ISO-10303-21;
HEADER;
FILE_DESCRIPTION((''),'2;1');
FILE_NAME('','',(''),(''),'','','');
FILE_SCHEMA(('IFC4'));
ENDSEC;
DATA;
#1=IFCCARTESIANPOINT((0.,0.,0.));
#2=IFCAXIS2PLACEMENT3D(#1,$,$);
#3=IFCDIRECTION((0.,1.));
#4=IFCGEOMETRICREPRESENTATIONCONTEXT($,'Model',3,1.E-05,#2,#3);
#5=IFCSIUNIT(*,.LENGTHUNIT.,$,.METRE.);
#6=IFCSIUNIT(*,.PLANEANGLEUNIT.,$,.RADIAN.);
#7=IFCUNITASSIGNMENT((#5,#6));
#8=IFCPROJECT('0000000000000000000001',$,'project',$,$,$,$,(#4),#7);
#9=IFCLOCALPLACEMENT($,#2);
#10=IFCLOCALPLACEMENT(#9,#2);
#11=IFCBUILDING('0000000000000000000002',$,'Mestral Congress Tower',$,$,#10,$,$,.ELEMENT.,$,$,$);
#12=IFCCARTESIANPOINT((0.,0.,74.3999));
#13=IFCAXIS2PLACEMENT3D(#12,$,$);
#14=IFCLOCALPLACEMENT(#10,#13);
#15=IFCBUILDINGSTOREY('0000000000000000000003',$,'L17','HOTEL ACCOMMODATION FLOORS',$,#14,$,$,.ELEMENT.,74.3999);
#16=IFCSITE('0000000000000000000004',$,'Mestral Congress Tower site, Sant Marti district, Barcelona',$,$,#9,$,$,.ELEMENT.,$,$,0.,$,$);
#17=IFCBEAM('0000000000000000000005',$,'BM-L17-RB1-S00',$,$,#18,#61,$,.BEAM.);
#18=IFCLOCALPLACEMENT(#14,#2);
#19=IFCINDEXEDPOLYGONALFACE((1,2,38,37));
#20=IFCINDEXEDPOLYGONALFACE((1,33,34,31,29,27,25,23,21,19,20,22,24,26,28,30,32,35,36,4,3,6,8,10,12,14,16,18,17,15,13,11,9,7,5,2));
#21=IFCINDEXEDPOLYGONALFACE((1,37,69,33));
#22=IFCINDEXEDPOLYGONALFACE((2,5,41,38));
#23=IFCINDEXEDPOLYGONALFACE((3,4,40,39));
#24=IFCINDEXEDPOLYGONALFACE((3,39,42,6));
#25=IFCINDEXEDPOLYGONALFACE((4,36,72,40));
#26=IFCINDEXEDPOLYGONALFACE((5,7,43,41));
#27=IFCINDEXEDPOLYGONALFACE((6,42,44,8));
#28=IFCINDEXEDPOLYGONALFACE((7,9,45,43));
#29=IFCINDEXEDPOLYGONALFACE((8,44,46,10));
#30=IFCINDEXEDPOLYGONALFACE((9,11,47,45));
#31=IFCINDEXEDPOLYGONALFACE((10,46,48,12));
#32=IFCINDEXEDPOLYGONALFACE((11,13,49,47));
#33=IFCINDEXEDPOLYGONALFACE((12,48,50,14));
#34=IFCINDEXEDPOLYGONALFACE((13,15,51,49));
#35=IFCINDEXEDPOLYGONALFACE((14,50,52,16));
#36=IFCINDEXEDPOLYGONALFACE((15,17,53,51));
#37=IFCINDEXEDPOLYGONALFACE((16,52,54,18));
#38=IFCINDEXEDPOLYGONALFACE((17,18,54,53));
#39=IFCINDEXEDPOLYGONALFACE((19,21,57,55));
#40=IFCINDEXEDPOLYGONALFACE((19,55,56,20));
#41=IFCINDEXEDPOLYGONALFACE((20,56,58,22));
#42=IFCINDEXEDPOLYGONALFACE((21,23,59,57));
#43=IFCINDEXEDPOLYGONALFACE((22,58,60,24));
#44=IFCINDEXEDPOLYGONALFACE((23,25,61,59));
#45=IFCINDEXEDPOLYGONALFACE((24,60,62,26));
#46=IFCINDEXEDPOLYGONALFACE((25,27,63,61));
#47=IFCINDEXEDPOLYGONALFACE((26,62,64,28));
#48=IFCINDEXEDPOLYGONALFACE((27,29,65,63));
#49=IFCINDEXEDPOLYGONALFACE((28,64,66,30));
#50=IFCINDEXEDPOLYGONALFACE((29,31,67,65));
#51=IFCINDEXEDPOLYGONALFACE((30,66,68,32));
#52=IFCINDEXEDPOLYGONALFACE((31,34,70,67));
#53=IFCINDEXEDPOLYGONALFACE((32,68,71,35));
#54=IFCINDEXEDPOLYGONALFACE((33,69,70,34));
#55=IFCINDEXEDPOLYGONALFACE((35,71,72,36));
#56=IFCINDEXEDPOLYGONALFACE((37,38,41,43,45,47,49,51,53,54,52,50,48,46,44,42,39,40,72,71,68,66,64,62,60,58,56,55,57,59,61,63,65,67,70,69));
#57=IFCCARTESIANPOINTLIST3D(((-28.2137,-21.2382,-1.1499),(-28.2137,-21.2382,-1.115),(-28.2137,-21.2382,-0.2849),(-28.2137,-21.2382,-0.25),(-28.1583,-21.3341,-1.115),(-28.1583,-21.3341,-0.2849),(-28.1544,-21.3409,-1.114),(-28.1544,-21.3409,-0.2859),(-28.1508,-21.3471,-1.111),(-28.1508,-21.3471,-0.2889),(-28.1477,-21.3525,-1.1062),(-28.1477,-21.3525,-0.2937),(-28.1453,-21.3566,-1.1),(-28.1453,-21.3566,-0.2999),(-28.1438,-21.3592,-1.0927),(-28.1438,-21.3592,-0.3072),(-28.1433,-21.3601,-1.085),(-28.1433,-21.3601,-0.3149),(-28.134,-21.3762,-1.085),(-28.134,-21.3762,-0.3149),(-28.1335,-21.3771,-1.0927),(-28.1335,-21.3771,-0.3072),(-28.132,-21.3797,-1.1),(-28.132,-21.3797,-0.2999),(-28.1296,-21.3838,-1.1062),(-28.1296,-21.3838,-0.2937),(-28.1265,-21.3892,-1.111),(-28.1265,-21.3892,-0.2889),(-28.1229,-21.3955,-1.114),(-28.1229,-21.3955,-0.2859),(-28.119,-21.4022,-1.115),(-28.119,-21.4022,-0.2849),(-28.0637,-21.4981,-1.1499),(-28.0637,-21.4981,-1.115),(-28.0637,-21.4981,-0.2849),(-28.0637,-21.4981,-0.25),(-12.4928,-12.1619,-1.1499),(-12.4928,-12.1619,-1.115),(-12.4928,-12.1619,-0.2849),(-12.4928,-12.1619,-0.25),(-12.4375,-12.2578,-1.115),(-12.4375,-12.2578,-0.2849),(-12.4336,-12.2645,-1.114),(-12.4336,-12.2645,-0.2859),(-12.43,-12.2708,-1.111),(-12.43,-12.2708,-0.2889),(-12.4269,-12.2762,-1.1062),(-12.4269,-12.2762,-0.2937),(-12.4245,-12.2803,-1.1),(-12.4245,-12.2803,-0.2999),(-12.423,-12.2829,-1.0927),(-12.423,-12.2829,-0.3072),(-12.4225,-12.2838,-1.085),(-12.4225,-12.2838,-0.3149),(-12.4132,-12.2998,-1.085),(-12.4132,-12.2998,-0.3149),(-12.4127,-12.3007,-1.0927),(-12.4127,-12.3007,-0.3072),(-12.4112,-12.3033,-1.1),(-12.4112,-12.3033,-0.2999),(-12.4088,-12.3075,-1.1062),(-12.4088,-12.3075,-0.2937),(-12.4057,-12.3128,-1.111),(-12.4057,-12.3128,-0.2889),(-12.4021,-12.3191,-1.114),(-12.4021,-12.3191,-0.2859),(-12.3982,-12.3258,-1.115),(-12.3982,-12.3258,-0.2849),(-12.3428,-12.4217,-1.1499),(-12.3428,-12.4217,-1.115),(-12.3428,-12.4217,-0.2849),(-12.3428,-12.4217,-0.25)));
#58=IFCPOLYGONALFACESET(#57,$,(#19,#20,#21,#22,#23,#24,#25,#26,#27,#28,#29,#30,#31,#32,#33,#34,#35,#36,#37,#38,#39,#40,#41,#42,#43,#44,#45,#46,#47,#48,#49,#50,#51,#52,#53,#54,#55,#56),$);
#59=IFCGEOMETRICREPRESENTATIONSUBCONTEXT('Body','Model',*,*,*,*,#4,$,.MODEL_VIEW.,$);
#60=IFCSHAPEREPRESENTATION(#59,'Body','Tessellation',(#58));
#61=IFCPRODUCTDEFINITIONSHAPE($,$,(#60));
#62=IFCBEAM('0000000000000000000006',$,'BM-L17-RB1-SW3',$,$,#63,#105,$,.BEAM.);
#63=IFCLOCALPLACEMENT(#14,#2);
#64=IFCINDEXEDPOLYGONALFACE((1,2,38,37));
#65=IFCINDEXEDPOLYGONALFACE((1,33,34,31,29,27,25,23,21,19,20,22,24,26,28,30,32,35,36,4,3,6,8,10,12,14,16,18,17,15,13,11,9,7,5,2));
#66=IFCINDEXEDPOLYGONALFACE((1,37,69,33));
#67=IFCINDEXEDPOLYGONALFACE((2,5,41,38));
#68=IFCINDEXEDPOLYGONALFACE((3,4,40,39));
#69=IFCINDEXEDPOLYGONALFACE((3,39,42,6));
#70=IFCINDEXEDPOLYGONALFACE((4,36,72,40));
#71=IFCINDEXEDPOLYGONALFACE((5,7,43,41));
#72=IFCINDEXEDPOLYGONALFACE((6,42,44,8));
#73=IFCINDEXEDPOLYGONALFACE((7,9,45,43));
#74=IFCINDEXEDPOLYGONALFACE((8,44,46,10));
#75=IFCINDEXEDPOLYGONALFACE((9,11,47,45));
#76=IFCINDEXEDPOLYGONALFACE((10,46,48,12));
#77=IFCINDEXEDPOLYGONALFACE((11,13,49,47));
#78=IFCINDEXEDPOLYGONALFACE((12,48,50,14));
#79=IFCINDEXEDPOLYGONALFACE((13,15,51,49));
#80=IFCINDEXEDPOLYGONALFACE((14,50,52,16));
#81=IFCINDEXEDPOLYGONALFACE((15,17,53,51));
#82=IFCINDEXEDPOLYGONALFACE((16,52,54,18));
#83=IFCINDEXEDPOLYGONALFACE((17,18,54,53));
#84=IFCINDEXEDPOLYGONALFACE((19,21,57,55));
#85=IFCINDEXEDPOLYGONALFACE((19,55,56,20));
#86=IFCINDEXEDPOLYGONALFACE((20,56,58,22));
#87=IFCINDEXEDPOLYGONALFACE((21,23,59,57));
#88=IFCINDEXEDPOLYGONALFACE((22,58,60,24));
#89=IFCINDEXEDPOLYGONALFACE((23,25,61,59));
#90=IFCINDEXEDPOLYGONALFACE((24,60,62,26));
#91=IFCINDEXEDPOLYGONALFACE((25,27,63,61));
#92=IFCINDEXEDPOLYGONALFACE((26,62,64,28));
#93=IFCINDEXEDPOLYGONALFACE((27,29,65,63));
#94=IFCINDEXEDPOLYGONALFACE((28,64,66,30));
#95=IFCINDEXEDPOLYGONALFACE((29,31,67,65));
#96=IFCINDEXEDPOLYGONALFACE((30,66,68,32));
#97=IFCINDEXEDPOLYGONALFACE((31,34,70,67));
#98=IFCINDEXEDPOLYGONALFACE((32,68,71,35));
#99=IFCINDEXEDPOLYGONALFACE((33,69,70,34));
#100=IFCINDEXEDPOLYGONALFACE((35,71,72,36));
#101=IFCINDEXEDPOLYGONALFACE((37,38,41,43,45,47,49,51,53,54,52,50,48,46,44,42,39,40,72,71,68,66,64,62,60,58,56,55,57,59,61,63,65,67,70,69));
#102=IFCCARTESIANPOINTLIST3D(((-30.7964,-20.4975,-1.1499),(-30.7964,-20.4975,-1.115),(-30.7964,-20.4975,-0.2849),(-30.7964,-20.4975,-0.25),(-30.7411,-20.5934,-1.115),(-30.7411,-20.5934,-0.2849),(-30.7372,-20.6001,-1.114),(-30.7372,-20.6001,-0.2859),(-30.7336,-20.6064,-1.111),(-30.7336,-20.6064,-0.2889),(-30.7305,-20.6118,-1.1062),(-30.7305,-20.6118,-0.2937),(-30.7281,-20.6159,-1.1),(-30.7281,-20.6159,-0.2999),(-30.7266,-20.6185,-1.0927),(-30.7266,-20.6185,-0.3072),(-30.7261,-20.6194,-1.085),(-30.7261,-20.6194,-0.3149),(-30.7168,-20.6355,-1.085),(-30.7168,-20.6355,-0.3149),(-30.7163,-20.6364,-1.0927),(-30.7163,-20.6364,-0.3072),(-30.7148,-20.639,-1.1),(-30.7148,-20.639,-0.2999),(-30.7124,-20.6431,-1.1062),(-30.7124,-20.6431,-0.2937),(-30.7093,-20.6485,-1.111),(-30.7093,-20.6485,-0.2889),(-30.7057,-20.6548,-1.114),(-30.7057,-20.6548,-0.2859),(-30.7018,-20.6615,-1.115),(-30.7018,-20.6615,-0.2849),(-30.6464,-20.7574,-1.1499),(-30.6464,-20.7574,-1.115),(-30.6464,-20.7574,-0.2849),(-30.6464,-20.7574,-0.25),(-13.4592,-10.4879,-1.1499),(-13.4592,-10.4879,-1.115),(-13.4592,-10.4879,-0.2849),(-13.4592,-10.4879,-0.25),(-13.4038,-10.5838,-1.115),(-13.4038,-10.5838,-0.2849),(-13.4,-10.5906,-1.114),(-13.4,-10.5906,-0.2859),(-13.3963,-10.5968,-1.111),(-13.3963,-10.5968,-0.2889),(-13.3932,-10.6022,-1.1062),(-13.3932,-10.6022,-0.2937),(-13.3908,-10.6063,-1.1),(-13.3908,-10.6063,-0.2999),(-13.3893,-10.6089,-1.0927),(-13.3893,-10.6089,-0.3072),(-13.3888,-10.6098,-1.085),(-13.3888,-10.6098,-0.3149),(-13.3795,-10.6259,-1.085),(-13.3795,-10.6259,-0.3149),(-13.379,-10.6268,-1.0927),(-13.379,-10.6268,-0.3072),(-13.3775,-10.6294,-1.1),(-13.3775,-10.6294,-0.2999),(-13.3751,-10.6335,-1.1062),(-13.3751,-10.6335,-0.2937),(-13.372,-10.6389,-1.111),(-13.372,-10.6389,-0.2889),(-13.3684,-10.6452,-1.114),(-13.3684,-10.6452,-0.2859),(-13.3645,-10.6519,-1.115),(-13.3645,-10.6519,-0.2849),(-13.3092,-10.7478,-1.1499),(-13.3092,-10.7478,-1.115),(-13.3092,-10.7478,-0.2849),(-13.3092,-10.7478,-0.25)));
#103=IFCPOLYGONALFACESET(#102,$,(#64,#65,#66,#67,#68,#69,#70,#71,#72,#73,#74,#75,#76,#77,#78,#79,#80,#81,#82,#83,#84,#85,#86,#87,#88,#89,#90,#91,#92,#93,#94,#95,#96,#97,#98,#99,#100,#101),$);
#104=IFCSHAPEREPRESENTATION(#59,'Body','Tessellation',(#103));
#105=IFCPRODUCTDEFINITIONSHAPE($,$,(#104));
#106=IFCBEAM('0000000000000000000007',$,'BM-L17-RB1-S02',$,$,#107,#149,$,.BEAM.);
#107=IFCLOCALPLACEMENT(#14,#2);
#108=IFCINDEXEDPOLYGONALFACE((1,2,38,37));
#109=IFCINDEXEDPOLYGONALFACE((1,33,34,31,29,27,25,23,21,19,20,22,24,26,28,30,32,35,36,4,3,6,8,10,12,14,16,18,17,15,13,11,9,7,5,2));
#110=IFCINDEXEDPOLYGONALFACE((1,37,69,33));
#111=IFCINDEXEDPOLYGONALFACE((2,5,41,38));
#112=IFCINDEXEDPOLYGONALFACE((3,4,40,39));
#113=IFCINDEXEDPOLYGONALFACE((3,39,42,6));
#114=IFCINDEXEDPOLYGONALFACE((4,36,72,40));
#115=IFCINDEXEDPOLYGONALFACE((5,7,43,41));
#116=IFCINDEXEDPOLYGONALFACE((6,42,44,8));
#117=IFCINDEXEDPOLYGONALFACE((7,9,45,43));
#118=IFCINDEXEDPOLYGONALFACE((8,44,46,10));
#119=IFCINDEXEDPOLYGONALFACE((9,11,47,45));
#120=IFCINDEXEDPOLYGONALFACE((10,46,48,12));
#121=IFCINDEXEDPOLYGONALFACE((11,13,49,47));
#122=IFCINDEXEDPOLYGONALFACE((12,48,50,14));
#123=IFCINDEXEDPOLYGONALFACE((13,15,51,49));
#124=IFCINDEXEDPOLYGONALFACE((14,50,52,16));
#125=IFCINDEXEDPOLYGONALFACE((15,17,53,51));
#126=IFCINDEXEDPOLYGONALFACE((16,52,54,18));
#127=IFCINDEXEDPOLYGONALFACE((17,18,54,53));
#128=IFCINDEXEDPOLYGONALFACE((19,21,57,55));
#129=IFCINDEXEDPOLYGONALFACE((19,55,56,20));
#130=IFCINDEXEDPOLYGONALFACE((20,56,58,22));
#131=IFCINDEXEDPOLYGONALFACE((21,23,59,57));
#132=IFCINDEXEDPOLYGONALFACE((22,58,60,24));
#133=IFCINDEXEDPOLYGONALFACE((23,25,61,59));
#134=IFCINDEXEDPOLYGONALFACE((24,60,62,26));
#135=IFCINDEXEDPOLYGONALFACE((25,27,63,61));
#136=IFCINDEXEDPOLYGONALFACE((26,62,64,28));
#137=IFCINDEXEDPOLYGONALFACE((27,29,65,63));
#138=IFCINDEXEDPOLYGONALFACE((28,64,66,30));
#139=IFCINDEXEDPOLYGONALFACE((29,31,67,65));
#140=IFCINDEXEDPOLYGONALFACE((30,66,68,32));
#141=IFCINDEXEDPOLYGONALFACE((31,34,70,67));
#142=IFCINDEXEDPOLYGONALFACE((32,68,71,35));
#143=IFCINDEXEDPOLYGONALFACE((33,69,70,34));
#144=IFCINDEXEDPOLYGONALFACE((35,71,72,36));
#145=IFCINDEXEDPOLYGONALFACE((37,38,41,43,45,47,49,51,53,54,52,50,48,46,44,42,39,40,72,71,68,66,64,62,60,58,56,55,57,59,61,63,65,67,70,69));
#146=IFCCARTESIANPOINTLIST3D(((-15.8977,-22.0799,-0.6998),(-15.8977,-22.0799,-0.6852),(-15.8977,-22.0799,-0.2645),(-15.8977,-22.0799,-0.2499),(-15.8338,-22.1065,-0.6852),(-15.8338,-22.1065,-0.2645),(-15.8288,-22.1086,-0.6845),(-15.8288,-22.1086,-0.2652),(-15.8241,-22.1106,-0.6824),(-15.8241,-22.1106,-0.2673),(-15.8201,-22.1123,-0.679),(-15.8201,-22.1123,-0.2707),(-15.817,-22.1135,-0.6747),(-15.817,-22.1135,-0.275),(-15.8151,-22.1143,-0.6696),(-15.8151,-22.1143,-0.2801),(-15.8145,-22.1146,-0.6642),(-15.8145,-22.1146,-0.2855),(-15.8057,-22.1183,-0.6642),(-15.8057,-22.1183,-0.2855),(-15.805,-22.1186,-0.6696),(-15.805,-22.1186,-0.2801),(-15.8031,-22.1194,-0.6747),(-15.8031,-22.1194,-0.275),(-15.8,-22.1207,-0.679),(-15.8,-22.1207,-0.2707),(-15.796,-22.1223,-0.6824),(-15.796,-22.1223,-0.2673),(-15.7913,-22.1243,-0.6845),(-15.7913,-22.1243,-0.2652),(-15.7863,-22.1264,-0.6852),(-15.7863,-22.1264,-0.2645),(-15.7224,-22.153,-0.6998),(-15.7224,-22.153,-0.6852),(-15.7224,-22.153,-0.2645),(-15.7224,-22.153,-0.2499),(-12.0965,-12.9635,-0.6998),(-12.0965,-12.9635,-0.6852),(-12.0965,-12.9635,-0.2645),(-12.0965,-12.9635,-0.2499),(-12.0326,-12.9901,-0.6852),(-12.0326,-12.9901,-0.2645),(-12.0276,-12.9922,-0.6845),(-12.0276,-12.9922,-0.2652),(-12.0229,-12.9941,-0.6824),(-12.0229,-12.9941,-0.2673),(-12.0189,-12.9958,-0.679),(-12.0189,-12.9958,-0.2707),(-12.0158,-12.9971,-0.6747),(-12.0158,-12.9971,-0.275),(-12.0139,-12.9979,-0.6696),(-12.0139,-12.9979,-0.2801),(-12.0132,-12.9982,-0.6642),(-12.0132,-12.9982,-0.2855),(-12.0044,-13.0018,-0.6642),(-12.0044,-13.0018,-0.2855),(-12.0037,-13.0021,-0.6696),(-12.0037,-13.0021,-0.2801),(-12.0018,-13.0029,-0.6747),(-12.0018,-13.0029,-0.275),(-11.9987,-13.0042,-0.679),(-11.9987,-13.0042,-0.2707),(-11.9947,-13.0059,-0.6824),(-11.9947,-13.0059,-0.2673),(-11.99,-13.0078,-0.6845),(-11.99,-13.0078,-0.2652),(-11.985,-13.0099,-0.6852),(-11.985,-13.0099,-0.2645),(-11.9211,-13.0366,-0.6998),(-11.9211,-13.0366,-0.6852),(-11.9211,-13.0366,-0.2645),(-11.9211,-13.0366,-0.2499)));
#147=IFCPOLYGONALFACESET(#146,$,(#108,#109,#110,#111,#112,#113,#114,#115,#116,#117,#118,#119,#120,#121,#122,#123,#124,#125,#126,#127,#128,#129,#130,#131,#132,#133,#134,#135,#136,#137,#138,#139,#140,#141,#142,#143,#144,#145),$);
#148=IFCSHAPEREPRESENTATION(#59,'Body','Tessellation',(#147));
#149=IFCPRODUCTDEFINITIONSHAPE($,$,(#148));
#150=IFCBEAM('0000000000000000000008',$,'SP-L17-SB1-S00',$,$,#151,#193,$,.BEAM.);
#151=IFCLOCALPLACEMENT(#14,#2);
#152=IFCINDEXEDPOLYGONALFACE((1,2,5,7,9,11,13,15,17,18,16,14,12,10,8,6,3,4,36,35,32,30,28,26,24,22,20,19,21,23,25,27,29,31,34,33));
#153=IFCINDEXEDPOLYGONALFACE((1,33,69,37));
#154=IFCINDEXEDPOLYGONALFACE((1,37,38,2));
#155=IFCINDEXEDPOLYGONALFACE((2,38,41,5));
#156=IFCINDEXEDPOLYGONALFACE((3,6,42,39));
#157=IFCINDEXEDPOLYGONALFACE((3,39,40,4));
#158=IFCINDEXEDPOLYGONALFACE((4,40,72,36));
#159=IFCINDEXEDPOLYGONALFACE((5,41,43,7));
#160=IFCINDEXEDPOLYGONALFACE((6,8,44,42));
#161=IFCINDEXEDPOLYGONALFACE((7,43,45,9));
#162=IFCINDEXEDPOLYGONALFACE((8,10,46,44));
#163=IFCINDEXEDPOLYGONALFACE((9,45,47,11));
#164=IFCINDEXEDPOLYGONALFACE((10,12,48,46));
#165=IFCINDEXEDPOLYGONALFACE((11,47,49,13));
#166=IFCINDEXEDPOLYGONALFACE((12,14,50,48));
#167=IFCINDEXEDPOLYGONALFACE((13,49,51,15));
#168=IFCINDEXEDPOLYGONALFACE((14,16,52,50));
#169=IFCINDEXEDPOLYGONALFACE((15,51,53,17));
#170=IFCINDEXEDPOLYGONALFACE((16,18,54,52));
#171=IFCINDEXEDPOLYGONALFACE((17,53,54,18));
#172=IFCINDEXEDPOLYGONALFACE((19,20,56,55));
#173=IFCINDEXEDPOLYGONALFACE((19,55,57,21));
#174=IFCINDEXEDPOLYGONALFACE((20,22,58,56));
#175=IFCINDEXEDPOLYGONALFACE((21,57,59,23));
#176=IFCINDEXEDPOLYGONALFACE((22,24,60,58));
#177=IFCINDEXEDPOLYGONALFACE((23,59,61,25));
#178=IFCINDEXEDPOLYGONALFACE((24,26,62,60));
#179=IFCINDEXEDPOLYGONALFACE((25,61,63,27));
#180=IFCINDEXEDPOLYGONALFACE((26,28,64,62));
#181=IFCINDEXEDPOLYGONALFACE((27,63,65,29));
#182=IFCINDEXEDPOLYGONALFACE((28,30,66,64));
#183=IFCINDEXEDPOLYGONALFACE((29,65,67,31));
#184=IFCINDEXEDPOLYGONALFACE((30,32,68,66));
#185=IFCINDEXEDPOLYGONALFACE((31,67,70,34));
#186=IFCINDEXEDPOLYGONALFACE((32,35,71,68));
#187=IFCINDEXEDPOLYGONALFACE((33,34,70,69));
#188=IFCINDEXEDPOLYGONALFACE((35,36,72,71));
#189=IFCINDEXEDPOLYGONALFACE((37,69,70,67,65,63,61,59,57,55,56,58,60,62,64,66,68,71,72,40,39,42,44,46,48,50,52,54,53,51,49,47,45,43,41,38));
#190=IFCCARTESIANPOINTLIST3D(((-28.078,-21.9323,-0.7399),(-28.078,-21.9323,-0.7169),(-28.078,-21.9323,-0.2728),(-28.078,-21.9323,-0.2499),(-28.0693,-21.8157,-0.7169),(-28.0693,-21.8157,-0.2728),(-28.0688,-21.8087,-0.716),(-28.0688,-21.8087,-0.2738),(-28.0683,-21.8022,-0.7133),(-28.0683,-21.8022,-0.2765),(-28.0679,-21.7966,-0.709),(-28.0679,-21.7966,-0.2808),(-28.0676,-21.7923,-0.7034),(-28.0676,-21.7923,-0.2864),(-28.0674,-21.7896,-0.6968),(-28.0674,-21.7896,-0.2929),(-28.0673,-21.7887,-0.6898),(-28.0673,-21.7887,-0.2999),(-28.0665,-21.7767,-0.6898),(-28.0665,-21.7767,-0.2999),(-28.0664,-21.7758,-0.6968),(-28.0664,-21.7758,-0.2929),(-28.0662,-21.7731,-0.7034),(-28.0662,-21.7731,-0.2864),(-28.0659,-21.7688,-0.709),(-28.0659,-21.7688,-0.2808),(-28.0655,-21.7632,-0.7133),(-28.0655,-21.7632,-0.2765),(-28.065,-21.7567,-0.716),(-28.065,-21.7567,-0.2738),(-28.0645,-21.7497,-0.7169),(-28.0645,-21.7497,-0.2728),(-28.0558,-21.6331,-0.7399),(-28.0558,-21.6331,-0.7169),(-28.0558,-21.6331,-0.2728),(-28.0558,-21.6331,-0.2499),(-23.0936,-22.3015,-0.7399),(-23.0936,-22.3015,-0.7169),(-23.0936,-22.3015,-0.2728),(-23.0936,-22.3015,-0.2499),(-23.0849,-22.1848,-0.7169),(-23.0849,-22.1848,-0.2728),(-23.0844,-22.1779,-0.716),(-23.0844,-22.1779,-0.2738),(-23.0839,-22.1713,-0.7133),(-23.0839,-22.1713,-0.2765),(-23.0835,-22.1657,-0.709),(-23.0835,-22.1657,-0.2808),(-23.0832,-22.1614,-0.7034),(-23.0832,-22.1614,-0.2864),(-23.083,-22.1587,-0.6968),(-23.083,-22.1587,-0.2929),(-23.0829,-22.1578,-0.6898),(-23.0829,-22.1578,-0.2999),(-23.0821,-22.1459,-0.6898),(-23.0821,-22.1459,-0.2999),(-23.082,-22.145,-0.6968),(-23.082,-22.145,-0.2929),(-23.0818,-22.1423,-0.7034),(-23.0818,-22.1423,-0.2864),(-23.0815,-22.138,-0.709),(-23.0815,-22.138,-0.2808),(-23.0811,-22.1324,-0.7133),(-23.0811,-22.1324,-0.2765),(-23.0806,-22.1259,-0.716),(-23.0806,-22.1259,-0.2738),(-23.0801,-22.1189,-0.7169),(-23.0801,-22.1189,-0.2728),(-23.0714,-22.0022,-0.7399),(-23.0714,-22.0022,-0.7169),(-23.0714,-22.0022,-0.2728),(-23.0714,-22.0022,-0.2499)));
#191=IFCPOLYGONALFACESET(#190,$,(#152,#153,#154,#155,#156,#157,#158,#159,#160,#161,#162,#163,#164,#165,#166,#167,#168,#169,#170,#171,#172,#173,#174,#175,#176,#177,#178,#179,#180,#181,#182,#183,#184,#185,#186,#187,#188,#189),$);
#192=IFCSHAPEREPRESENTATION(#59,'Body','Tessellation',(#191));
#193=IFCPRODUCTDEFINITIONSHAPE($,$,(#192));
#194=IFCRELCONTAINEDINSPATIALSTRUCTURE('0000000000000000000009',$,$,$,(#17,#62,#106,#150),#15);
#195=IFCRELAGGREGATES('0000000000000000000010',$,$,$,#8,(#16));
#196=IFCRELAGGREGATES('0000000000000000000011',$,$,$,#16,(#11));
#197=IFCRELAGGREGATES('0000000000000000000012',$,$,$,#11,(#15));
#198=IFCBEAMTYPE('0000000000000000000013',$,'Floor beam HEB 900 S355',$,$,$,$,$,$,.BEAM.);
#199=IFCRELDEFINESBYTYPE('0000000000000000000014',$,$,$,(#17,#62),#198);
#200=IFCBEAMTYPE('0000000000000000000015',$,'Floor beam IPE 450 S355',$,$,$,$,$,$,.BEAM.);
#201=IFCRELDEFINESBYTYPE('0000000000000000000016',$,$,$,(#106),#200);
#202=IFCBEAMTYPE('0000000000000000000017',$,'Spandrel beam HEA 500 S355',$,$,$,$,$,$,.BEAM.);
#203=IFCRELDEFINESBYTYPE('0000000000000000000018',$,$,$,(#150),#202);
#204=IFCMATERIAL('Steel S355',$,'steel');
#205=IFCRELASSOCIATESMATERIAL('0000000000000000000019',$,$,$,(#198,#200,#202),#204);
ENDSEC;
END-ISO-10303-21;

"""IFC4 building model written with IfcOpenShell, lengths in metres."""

from ifc_helpers import new_model, si_unit, direction, frame, origin, origin_2d, place, context, subcontext, project, spatial, i_section, extrude, material, material_profile, profile_set, type_object, element, save


model = new_model("IFC4")

# Units and contexts
model_context = context("Model", 3, precision=1e-05, world=origin(), true_north=direction((0.0, 1.0)))
body_context = subcontext(model_context, "Body", "Model", "MODEL_VIEW")
ifc_project = project(units=[si_unit("LENGTHUNIT", "METRE"), si_unit("PLANEANGLEUNIT", "RADIAN")], contexts=[model_context])

# Site, building, storey
site_placement = place(None, origin())
site = spatial("IfcSite", under=ifc_project, at=site_placement, Name="Mestral Congress Tower site, Sant Marti district, Barcelona", CompositionType="ELEMENT", RefElevation=0.0)
building_placement = place(site_placement, origin())
building = spatial("IfcBuilding", under=site, at=building_placement, Name="Mestral Congress Tower", CompositionType="ELEMENT")
storey_placement = place(building_placement, frame((0.0, 0.0, 74.3999)))
storey = spatial("IfcBuildingStorey", under=building, at=storey_placement, Name="L17", Description="HOTEL ACCOMMODATION FLOORS", CompositionType="ELEMENT", Elevation=74.3999)

# Beams
ifc_material_1 = material(Name="Steel S355", Category="steel")
ifc_material_profile_1 = material_profile(ifc_material_1, i_section(OverallWidth=0.3, OverallDepth=0.8999, WebThickness=0.0186, FlangeThickness=0.0349, FilletRadius=0.03, at=origin_2d()), Name="HEB 900")
ifc_profile_set_1 = profile_set([ifc_material_profile_1], Name="Steel S355")
beam_type_1 = type_object("IfcBeamType", Name="Floor beam HEB 900 S355", PredefinedType="BEAM", material=ifc_profile_set_1)
beam_1_placement = place(storey_placement, frame((-28.1387, -21.3682, -0.7), z_axis=(0.866027, 0.499997, 0.0), x_axis=(-0.499997, 0.866027, 0.0)))
element("IfcBeam", 1, at=beam_1_placement, inside=storey, type_object=beam_type_1, Name="BM-L17-RB1-S00", PredefinedType="BEAM", context=body_context, shape_type="SweptSolid", body=[
    extrude(i_section(OverallWidth=0.3, OverallDepth=0.8999, WebThickness=0.0186, FlangeThickness=0.0349, FilletRadius=0.03, at=origin_2d()), origin(), (0.0, 0.0, 1.0), 18.1528),
])
beam_2_placement = place(storey_placement, frame((-30.7214, -20.6274, -0.7), z_axis=(0.866027, 0.499997, 0.0), x_axis=(-0.499997, 0.866027, 0.0)))
element("IfcBeam", 2, at=beam_2_placement, inside=storey, type_object=beam_type_1, Name="BM-L17-RB1-SW3", PredefinedType="BEAM", context=body_context, shape_type="SweptSolid", body=[
    extrude(i_section(OverallWidth=0.3, OverallDepth=0.8999, WebThickness=0.0186, FlangeThickness=0.0349, FilletRadius=0.03, at=origin_2d()), origin(), (0.0, 0.0, 1.0), 20.0193),
])
ifc_material_profile_2 = material_profile(ifc_material_1, i_section(OverallWidth=0.1899, OverallDepth=0.45, WebThickness=0.0095, FlangeThickness=0.0146, FilletRadius=0.021, at=origin_2d()), Name="IPE 450")
ifc_profile_set_2 = profile_set([ifc_material_profile_2], Name="Steel S355")
beam_type_2 = type_object("IfcBeamType", Name="Floor beam IPE 450 S355", PredefinedType="BEAM", material=ifc_profile_set_2)
beam_3_placement = place(storey_placement, frame((-15.8101, -22.1165, -0.4749), z_axis=(0.384852, 0.922978, 0.0), x_axis=(-0.922978, 0.384852, 0.0)))
element("IfcBeam", 3, at=beam_3_placement, inside=storey, type_object=beam_type_2, Name="BM-L17-RB1-S02", PredefinedType="BEAM", context=body_context, shape_type="SweptSolid", body=[
    extrude(i_section(OverallWidth=0.1899, OverallDepth=0.45, WebThickness=0.0095, FlangeThickness=0.0146, FilletRadius=0.021, at=origin_2d()), origin(), (0.0, 0.0, 1.0), 9.8772),
])
ifc_material_profile_3 = material_profile(ifc_material_1, i_section(OverallWidth=0.3, OverallDepth=0.49, WebThickness=0.012, FlangeThickness=0.0229, FilletRadius=0.0271, at=origin_2d()), Name="HEA 500")
ifc_profile_set_3 = profile_set([ifc_material_profile_3], Name="Steel S355")
beam_type_3 = type_object("IfcBeamType", Name="Spandrel beam HEA 500 S355", PredefinedType="BEAM", material=ifc_profile_set_3)
beam_4_placement = place(storey_placement, frame((-28.0669, -21.7827, -0.4949), z_axis=(0.997269, -0.073857, 0.0), x_axis=(0.073857, 0.997269, 0.0)))
element("IfcBeam", 4, at=beam_4_placement, inside=storey, type_object=beam_type_3, Name="SP-L17-SB1-S00", PredefinedType="BEAM", context=body_context, shape_type="SweptSolid", body=[
    extrude(i_section(OverallWidth=0.3, OverallDepth=0.49, WebThickness=0.012, FlangeThickness=0.0229, FilletRadius=0.0271, at=origin_2d()), origin(), (0.0, 0.0, 1.0), 4.998),
])

save(model, "model.ifc")
